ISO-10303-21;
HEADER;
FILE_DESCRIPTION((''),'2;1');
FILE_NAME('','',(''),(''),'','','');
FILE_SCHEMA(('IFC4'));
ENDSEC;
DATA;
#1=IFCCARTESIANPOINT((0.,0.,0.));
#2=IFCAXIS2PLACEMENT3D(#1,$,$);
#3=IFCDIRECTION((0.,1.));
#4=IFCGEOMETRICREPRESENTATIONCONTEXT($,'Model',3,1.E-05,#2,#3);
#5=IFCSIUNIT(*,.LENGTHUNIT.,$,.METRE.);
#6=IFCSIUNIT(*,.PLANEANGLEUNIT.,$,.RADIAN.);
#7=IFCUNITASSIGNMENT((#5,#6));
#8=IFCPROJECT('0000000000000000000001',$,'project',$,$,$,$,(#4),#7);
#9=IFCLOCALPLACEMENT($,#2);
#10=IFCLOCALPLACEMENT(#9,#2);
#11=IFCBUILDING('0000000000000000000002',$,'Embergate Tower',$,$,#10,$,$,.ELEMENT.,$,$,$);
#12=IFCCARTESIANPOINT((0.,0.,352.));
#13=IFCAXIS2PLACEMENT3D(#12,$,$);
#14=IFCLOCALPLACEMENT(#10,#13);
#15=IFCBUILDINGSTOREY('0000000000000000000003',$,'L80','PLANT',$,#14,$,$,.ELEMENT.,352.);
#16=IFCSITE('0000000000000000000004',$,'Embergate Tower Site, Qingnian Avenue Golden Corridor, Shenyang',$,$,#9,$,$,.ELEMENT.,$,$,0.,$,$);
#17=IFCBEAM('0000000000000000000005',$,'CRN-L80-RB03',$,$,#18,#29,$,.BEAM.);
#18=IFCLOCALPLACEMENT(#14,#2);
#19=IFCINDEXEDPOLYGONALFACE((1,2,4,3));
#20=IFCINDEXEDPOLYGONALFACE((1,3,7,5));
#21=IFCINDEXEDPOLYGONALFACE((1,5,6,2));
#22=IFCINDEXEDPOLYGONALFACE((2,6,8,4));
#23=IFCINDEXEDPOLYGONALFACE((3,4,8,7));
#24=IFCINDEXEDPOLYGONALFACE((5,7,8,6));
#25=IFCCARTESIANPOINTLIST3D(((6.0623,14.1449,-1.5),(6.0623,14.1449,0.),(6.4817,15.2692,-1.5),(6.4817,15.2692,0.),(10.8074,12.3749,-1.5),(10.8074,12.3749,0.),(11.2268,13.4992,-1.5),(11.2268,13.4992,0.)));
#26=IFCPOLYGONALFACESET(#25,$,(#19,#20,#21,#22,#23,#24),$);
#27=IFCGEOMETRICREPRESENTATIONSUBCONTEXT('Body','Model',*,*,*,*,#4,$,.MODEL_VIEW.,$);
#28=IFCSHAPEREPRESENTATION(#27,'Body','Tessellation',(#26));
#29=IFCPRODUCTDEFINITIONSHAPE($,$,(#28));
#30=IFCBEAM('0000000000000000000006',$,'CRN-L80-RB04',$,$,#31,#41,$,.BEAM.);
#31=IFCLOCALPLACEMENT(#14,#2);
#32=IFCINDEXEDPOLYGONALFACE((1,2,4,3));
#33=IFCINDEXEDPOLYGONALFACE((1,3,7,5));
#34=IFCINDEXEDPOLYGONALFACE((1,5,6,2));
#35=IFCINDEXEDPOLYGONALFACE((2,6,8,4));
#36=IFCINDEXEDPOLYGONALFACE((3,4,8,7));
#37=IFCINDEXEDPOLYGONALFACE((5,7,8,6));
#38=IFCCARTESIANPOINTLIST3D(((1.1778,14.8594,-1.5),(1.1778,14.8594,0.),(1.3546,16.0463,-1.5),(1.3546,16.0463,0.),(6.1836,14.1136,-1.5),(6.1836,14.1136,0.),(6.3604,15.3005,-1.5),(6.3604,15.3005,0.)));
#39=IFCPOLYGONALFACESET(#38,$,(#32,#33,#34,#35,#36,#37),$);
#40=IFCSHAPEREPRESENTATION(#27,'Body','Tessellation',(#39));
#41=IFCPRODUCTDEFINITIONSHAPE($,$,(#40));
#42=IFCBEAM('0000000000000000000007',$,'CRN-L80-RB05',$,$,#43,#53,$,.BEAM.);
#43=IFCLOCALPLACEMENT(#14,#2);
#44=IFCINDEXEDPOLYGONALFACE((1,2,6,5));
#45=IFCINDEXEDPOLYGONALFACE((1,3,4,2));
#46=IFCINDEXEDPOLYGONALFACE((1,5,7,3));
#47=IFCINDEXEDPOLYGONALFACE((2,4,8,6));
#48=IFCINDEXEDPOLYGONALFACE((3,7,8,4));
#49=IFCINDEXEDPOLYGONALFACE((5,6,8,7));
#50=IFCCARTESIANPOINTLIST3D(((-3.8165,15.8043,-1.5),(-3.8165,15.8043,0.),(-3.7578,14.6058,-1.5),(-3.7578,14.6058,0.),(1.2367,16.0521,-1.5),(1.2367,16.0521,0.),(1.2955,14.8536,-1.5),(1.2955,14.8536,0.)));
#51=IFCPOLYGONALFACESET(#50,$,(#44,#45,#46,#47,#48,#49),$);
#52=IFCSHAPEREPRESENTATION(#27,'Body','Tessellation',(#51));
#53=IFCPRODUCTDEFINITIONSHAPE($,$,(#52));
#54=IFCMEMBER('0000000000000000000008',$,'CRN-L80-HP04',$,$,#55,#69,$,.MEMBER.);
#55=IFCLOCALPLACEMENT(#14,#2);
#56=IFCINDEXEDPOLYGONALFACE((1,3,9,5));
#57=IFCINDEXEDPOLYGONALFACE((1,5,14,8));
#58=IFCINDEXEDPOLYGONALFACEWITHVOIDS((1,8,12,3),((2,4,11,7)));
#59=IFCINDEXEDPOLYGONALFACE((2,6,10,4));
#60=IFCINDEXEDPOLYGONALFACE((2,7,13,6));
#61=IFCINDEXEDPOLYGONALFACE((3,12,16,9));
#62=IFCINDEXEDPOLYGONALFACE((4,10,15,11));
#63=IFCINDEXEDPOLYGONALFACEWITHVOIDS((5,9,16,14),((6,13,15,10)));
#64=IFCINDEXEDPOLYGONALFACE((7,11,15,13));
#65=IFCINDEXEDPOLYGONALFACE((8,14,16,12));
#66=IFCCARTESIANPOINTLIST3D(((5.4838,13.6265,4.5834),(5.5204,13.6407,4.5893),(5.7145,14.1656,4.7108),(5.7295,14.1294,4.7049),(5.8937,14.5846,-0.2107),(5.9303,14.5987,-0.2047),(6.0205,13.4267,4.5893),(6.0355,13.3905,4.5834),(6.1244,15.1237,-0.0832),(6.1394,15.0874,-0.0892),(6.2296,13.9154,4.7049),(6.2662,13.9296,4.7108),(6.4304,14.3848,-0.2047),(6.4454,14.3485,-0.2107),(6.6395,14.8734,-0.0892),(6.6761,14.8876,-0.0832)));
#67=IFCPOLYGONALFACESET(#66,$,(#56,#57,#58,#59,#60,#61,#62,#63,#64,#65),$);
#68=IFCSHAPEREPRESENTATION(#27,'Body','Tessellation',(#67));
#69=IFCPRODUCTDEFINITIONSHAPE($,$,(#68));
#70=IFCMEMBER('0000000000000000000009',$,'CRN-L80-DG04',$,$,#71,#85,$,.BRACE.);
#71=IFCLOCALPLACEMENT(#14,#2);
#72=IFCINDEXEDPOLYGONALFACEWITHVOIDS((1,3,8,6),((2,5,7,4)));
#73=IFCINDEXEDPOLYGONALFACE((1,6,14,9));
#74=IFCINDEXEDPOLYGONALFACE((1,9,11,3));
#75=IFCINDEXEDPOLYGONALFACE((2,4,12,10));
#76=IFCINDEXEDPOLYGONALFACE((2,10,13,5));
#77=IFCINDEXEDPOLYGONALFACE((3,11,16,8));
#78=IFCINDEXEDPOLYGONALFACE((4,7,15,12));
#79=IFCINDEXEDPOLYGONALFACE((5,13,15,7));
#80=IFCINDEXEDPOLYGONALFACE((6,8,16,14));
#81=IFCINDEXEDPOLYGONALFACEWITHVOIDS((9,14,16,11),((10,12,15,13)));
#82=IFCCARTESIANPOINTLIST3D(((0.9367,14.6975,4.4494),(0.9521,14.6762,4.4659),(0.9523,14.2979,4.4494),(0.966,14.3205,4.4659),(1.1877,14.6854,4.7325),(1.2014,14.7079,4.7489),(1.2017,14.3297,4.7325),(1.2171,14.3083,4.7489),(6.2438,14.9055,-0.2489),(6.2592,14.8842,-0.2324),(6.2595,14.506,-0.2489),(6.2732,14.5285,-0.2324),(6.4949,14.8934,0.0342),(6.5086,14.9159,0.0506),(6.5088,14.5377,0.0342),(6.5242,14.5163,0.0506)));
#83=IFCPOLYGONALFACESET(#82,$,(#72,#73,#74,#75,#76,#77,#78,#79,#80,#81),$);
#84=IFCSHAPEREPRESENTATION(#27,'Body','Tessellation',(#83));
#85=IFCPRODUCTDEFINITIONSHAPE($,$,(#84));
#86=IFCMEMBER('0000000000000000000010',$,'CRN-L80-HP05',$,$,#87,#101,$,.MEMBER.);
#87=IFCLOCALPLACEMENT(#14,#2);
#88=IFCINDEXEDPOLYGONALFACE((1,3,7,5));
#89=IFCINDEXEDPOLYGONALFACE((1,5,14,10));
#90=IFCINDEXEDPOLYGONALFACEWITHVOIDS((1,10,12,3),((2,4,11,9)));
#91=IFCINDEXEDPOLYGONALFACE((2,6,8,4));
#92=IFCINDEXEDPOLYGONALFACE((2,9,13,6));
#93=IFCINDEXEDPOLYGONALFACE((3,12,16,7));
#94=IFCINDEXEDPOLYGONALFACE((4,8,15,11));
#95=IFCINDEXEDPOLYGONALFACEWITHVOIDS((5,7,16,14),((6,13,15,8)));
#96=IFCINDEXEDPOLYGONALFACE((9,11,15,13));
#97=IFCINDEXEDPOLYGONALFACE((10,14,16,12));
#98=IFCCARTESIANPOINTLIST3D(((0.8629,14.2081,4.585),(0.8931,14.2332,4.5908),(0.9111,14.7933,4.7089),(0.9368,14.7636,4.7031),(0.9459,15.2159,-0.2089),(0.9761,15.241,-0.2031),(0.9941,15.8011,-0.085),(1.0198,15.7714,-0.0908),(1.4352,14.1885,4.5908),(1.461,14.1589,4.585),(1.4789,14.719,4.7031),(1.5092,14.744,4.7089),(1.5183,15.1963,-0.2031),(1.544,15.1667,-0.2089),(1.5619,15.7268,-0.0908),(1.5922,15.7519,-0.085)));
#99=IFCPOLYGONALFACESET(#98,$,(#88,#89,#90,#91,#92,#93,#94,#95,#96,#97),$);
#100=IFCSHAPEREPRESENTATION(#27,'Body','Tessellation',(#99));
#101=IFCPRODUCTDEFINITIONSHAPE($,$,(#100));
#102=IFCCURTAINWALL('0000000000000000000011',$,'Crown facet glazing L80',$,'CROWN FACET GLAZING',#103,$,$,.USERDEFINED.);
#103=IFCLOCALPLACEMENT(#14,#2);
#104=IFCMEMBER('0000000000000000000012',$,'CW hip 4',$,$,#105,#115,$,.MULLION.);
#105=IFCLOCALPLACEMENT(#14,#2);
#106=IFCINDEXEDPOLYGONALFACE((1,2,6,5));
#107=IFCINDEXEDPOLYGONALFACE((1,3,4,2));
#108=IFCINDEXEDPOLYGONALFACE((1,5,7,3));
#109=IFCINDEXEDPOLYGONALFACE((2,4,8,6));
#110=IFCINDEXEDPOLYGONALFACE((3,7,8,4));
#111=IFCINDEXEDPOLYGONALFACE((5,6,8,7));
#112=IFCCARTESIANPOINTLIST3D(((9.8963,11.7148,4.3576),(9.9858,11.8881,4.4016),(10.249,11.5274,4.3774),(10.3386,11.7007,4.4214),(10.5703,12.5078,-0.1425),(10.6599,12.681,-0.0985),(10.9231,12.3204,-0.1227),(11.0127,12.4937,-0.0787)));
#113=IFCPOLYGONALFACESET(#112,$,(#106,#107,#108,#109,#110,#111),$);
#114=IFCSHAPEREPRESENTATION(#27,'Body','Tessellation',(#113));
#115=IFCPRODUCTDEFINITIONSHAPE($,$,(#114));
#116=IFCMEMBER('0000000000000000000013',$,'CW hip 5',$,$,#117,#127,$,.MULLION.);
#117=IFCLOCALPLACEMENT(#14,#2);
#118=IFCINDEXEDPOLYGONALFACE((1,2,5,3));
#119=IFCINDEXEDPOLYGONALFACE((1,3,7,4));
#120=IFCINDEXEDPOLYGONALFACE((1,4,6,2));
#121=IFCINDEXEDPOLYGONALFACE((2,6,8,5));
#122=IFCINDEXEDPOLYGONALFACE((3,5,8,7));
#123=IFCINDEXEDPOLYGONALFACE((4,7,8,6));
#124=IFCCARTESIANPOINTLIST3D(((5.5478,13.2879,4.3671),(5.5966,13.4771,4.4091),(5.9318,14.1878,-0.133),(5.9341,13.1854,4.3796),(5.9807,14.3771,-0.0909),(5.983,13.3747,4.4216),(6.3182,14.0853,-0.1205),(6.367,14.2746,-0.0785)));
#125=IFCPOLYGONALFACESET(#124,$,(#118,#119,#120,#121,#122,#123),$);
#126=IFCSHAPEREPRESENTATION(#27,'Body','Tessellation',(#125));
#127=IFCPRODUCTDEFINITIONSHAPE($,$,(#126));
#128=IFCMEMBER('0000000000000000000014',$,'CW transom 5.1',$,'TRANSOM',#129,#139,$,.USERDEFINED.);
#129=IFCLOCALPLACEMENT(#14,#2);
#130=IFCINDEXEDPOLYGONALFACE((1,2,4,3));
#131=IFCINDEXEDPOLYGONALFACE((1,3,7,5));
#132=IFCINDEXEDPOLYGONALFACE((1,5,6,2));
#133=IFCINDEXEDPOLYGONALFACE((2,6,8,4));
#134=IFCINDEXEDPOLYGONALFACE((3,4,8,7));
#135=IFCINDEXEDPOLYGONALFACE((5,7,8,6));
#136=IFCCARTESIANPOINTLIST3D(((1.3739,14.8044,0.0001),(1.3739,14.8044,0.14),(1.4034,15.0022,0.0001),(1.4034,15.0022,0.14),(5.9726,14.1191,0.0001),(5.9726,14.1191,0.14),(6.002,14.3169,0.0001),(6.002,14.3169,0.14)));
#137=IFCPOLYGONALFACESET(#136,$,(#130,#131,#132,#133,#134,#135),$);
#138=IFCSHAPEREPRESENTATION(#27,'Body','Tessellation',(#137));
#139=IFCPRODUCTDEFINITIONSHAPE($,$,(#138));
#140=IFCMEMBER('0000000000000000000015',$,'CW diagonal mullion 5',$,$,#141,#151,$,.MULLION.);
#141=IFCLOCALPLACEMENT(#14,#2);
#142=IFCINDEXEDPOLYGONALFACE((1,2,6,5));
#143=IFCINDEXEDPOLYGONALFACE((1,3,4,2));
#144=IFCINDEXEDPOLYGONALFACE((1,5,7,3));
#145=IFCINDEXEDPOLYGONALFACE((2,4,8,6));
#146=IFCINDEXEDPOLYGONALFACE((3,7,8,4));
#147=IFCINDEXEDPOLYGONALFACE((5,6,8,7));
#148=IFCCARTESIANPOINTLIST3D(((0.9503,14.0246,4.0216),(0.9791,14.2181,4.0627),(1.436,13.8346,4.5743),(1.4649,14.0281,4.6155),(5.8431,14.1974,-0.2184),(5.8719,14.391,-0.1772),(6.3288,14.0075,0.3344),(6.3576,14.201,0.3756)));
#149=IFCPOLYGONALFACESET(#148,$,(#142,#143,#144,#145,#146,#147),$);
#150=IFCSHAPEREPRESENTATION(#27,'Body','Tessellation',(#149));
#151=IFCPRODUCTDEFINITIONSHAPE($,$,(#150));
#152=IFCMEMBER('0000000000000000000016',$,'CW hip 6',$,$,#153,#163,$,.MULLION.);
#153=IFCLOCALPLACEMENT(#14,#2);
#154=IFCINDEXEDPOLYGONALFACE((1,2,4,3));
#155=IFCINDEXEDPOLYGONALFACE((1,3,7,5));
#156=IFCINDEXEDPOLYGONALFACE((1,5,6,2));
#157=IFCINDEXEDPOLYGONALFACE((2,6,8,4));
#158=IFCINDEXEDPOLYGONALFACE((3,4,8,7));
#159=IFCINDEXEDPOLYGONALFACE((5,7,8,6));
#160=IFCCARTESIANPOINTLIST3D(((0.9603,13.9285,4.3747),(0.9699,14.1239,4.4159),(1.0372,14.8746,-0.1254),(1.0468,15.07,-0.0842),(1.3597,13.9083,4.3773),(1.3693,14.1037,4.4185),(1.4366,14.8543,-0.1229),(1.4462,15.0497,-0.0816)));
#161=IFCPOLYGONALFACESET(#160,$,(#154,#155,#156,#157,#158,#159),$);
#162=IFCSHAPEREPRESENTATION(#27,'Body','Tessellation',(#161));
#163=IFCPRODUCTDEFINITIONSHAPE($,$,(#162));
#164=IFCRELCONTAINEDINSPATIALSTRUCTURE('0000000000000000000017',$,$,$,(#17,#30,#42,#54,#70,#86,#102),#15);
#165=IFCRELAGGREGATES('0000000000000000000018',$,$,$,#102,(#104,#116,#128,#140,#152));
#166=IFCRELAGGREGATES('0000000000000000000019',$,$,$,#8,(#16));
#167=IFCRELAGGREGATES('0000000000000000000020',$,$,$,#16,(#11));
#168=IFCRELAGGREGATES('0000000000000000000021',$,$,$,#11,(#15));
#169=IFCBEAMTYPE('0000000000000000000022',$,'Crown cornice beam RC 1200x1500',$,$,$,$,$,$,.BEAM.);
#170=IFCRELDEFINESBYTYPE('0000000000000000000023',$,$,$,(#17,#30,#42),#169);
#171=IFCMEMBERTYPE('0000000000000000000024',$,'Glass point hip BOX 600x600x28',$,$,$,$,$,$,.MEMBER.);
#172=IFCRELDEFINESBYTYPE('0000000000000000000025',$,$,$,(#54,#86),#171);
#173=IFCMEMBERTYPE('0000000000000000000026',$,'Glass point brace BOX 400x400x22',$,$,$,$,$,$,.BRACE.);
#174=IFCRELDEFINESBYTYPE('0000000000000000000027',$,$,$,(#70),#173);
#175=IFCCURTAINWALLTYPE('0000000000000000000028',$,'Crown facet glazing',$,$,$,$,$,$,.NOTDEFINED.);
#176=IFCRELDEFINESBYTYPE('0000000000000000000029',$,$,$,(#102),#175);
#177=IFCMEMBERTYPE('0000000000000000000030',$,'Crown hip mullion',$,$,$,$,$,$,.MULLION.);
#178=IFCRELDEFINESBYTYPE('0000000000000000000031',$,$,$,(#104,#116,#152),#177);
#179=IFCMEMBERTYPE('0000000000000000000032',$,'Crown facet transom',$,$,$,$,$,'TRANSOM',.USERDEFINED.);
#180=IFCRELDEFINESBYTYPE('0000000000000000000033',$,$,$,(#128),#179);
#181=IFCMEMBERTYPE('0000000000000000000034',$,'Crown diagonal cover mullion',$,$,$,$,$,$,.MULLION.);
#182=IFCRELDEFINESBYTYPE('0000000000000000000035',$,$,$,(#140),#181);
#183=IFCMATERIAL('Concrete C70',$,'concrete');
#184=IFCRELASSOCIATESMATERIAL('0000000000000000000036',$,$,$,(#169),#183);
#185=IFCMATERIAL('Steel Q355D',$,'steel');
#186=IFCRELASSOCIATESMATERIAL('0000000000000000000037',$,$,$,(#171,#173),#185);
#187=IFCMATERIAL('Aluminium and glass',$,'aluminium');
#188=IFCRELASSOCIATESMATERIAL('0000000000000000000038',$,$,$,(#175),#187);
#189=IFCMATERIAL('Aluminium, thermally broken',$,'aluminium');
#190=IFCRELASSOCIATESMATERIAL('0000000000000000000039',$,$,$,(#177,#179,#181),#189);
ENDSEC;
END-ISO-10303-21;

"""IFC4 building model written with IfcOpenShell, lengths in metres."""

from ifc_helpers import new_model, si_unit, direction, frame, origin, origin_2d, place, context, subcontext, project, spatial, rectangle, hollow_rectangle, extrude, source, transform, mapped, material, material_profile, profile_set, type_object, element, aggregate, save


model = new_model("IFC4")

# Units and contexts
model_context = context("Model", 3, precision=1e-05, world=origin(), true_north=direction((0.0, 1.0)))
body_context = subcontext(model_context, "Body", "Model", "MODEL_VIEW")
ifc_project = project(units=[si_unit("LENGTHUNIT", "METRE"), si_unit("PLANEANGLEUNIT", "RADIAN")], contexts=[model_context])

# Site, building, storey
site_placement = place(None, origin())
site = spatial("IfcSite", under=ifc_project, at=site_placement, Name="Embergate Tower Site, Qingnian Avenue Golden Corridor, Shenyang", CompositionType="ELEMENT", RefElevation=0.0)
building_placement = place(site_placement, origin())
building = spatial("IfcBuilding", under=site, at=building_placement, Name="Embergate Tower", CompositionType="ELEMENT")
storey_placement = place(building_placement, frame((0.0, 0.0, 352.0)))
storey = spatial("IfcBuildingStorey", under=building, at=storey_placement, Name="L80", Description="PLANT", CompositionType="ELEMENT", Elevation=352.0)

# Beams
ifc_material_1 = material(Name="Concrete C70", Category="concrete")
ifc_material_profile_1 = material_profile(ifc_material_1, rectangle(XDim=1.2, YDim=1.5, at=origin_2d()), Name="RC 1200x1500")
ifc_profile_set_1 = profile_set([ifc_material_profile_1], Name="Concrete C70")
beam_type = type_object("IfcBeamType", Name="Crown cornice beam RC 1200x1500", PredefinedType="BEAM", material=ifc_profile_set_1)
shared_shape_1 = source(origin(), body_context, "Body", "SweptSolid", [
    extrude(rectangle(XDim=1.2, YDim=1.5, at=origin_2d()), origin(), (0.0, 0.0, 1.0), 5.0645),
])
beam_1_placement = place(storey_placement, frame((11.0171, 12.937, -0.75), z_axis=(-0.936938, 0.349496, 0.0), x_axis=(-0.349496, -0.936938, 0.0)))
element("IfcBeam", 1, at=beam_1_placement, inside=storey, type_object=beam_type, Name="CRN-L80-RB03", PredefinedType="BEAM", context=body_context, shape_type="MappedRepresentation", body=[
    mapped(shared_shape_1, transform((0.0, 0.0, 0.0))),
])
shared_shape_2 = source(origin(), body_context, "Body", "SweptSolid", [
    extrude(rectangle(XDim=1.2, YDim=1.5, at=origin_2d()), origin(), (0.0, 0.0, 1.0), 5.061),
])
beam_2_placement = place(storey_placement, frame((6.272, 14.707, -0.75), z_axis=(-0.989082, 0.147369, 0.0), x_axis=(-0.147369, -0.989082, 0.0)))
element("IfcBeam", 2, at=beam_2_placement, inside=storey, type_object=beam_type, Name="CRN-L80-RB04", PredefinedType="BEAM", context=body_context, shape_type="MappedRepresentation", body=[
    mapped(shared_shape_2, transform((0.0, 0.0, 0.0))),
])
shared_shape_3 = source(origin(), body_context, "Body", "SweptSolid", [
    extrude(rectangle(XDim=1.2, YDim=1.5, at=origin_2d()), origin(), (0.0, 0.0, 1.0), 5.0593),
])
beam_3_placement = place(storey_placement, frame((1.2661, 15.4529, -0.75), z_axis=(-0.9988, -0.04898, 0.0), x_axis=(0.04898, -0.9988, 0.0)))
element("IfcBeam", 3, at=beam_3_placement, inside=storey, type_object=beam_type, Name="CRN-L80-RB05", PredefinedType="BEAM", context=body_context, shape_type="MappedRepresentation", body=[
    mapped(shared_shape_3, transform((0.0, 0.0, 0.0))),
])

# Members
ifc_material_2 = material(Name="Steel Q355D", Category="steel")
ifc_material_profile_2 = material_profile(ifc_material_2, hollow_rectangle(XDim=0.6001, YDim=0.6001, WallThickness=0.0281, at=origin_2d()), Name="BOX 600x600x28")
ifc_profile_set_2 = profile_set([ifc_material_profile_2], Name="Steel Q355 grade D")
member_type_1 = type_object("IfcMemberType", Name="Glass point hip BOX 600x600x28", PredefinedType="MEMBER", material=ifc_profile_set_2)
shared_shape_4 = source(origin(), body_context, "Body", "SweptSolid", [
    extrude(hollow_rectangle(XDim=0.6001, YDim=0.6001, WallThickness=0.0281, at=origin_2d()), origin(), (0.0, 0.0, 1.0), 4.906),
])
member_1_placement = place(storey_placement, frame((6.2849, 14.7361, -0.147), z_axis=(-0.083555, -0.195277, 0.977182), x_axis=(0.919375, -0.393382, 0.0)))
element("IfcMember", 4, at=member_1_placement, inside=storey, type_object=member_type_1, Name="CRN-L80-HP04", PredefinedType="MEMBER", context=body_context, shape_type="MappedRepresentation", body=[
    mapped(shared_shape_4, transform((0.0, 0.0, 0.0))),
])
ifc_material_profile_3 = material_profile(ifc_material_2, hollow_rectangle(XDim=0.3999, YDim=0.3999, WallThickness=0.022, at=origin_2d()), Name="BOX 400x400x22")
ifc_profile_set_3 = profile_set([ifc_material_profile_3], Name="Steel Q355 grade D")
member_type_2 = type_object("IfcMemberType", Name="Glass point brace BOX 400x400x22", PredefinedType="BRACE", material=ifc_profile_set_3)
shared_shape_5 = source(origin(), body_context, "Body", "SweptSolid", [
    extrude(hollow_rectangle(XDim=0.3999, YDim=0.3999, WallThickness=0.022, at=origin_2d()), origin(), (0.0, 0.0, 1.0), 7.0911),
])
member_2_placement = place(storey_placement, frame((6.384, 14.7109, -0.0991), z_axis=(-0.748431, -0.029334, 0.662564), x_axis=(0.039164, -0.999233, 0.0)))
element("IfcMember", 5, at=member_2_placement, inside=storey, type_object=member_type_2, Name="CRN-L80-DG04", PredefinedType="BRACE", context=body_context, shape_type="MappedRepresentation", body=[
    mapped(shared_shape_5, transform((0.0, 0.0, 0.0))),
])
shared_shape_6 = source(origin(), body_context, "Body", "SweptSolid", [
    extrude(hollow_rectangle(XDim=0.6001, YDim=0.6001, WallThickness=0.0281, at=origin_2d()), origin(), (0.0, 0.0, 1.0), 4.8994),
])
member_3_placement = place(storey_placement, frame((1.269, 15.4839, -0.147), z_axis=(-0.016942, -0.2057, 0.978469), x_axis=(0.996625, -0.082086, 0.0)))
element("IfcMember", 6, at=member_3_placement, inside=storey, type_object=member_type_1, Name="CRN-L80-HP05", PredefinedType="MEMBER", context=body_context, shape_type="MappedRepresentation", body=[
    mapped(shared_shape_6, transform((0.0, 0.0, 0.0))),
])

# Curtain wall, members
ifc_material_3 = material(Name="Aluminium and glass", Category="aluminium")
curtain_wall_type = type_object("IfcCurtainWallType", Name="Crown facet glazing", PredefinedType="NOTDEFINED", material=ifc_material_3)
curtain_wall_placement = place(storey_placement, origin())
curtain_wall = element("IfcCurtainWall", 7, at=curtain_wall_placement, inside=storey, type_object=curtain_wall_type, Name="Crown facet glazing L80", ObjectType="CROWN FACET GLAZING", PredefinedType="USERDEFINED")
ifc_material_4 = material(Name="Aluminium, thermally broken", Category="aluminium")
ifc_material_profile_4 = material_profile(ifc_material_4, rectangle(XDim=0.2, YDim=0.3999, at=origin_2d()), Name="AL 400x200")
ifc_profile_set_4 = profile_set([ifc_material_profile_4], Name="Aluminium, thermally broken")
member_type_3 = type_object("IfcMemberType", Name="Crown hip mullion", PredefinedType="MULLION", material=ifc_profile_set_4)
shared_shape_7 = source(origin(), body_context, "Body", "SweptSolid", [
    extrude(rectangle(XDim=0.2, YDim=0.3999, at=origin_2d()), origin(), (0.0, 0.0, 1.0), 4.6189),
])
member_4_placement = place(storey_placement, frame((10.7915, 12.5007, -0.1106), z_axis=(-0.145941, -0.171683, 0.974282), x_axis=(0.44793, 0.866627, 0.21981)))
member_4 = element("IfcMember", 8, at=member_4_placement, type_object=member_type_3, Name="CW hip 4", PredefinedType="MULLION", context=body_context, shape_type="MappedRepresentation", body=[
    mapped(shared_shape_7, transform((0.0, 0.0, 0.0))),
])
shared_shape_8 = source(origin(), body_context, "Body", "SweptSolid", [
    extrude(rectangle(XDim=0.2, YDim=0.3999, at=origin_2d()), origin(), (0.0, 0.0, 1.0), 4.6052),
])
member_5_placement = place(storey_placement, frame((6.1494, 14.2312, -0.1057), z_axis=(-0.083392, -0.195413, 0.977169), x_axis=(0.244232, 0.946671, 0.210156)))
member_5 = element("IfcMember", 9, at=member_5_placement, type_object=member_type_3, Name="CW hip 5", PredefinedType="MULLION", context=body_context, shape_type="MappedRepresentation", body=[
    mapped(shared_shape_8, transform((0.0, 0.0, 0.0))),
])
ifc_material_profile_5 = material_profile(ifc_material_4, rectangle(XDim=0.2, YDim=0.1399, at=origin_2d()), Name="AL 140x200")
ifc_profile_set_5 = profile_set([ifc_material_profile_5], Name="Aluminium, thermally broken")
member_type_4 = type_object("IfcMemberType", Name="Crown facet transom", ElementType="TRANSOM", PredefinedType="USERDEFINED", material=ifc_profile_set_5)
shared_shape_9 = source(origin(), body_context, "Body", "SweptSolid", [
    extrude(rectangle(XDim=0.2, YDim=0.1399, at=origin_2d()), origin(), (0.0, 0.0, 1.0), 4.6494),
])
member_6_placement = place(storey_placement, frame((5.9873, 14.218, 0.0701), z_axis=(-0.989078, 0.147395, 0.0), x_axis=(-0.147395, -0.989078, 0.0)))
member_6 = element("IfcMember", 10, at=member_6_placement, type_object=member_type_4, Name="CW transom 5.1", ObjectType="TRANSOM", PredefinedType="USERDEFINED", context=body_context, shape_type="MappedRepresentation", body=[
    mapped(shared_shape_9, transform((0.0, 0.0, 0.0))),
])
ifc_material_profile_6 = material_profile(ifc_material_4, rectangle(XDim=0.2, YDim=0.76, at=origin_2d()), Name="AL 760x200")
ifc_profile_set_6 = profile_set([ifc_material_profile_6], Name="Aluminium, thermally broken")
member_type_5 = type_object("IfcMemberType", Name="Crown diagonal cover mullion", PredefinedType="MULLION", material=ifc_profile_set_6)
shared_shape_10 = source(origin(), body_context, "Body", "SweptSolid", [
    extrude(rectangle(XDim=0.2, YDim=0.76, at=origin_2d()), origin(), (0.0, 0.0, 1.0), 6.4766),
])
member_7_placement = place(storey_placement, frame((6.1003, 14.1992, 0.0786), z_axis=(-0.755455, -0.026688, 0.654657), x_axis=(0.14424, 0.967883, 0.205906)))
member_7 = element("IfcMember", 11, at=member_7_placement, type_object=member_type_5, Name="CW diagonal mullion 5", PredefinedType="MULLION", context=body_context, shape_type="MappedRepresentation", body=[
    mapped(shared_shape_10, transform((0.0, 0.0, 0.0))),
])
shared_shape_11 = source(origin(), body_context, "Body", "SweptSolid", [
    extrude(rectangle(XDim=0.2, YDim=0.3999, at=origin_2d()), origin(), (0.0, 0.0, 1.0), 4.5991),
])
member_8_placement = place(storey_placement, frame((1.2417, 14.9622, -0.1035), z_axis=(-0.016722, -0.205706, 0.978471), x_axis=(0.048248, 0.977302, 0.206285)))
member_8 = element("IfcMember", 12, at=member_8_placement, type_object=member_type_3, Name="CW hip 6", PredefinedType="MULLION", context=body_context, shape_type="MappedRepresentation", body=[
    mapped(shared_shape_11, transform((0.0, 0.0, 0.0))),
])
aggregate(curtain_wall, [member_4, member_5, member_6, member_7, member_8])

save(model, "model.ifc")
